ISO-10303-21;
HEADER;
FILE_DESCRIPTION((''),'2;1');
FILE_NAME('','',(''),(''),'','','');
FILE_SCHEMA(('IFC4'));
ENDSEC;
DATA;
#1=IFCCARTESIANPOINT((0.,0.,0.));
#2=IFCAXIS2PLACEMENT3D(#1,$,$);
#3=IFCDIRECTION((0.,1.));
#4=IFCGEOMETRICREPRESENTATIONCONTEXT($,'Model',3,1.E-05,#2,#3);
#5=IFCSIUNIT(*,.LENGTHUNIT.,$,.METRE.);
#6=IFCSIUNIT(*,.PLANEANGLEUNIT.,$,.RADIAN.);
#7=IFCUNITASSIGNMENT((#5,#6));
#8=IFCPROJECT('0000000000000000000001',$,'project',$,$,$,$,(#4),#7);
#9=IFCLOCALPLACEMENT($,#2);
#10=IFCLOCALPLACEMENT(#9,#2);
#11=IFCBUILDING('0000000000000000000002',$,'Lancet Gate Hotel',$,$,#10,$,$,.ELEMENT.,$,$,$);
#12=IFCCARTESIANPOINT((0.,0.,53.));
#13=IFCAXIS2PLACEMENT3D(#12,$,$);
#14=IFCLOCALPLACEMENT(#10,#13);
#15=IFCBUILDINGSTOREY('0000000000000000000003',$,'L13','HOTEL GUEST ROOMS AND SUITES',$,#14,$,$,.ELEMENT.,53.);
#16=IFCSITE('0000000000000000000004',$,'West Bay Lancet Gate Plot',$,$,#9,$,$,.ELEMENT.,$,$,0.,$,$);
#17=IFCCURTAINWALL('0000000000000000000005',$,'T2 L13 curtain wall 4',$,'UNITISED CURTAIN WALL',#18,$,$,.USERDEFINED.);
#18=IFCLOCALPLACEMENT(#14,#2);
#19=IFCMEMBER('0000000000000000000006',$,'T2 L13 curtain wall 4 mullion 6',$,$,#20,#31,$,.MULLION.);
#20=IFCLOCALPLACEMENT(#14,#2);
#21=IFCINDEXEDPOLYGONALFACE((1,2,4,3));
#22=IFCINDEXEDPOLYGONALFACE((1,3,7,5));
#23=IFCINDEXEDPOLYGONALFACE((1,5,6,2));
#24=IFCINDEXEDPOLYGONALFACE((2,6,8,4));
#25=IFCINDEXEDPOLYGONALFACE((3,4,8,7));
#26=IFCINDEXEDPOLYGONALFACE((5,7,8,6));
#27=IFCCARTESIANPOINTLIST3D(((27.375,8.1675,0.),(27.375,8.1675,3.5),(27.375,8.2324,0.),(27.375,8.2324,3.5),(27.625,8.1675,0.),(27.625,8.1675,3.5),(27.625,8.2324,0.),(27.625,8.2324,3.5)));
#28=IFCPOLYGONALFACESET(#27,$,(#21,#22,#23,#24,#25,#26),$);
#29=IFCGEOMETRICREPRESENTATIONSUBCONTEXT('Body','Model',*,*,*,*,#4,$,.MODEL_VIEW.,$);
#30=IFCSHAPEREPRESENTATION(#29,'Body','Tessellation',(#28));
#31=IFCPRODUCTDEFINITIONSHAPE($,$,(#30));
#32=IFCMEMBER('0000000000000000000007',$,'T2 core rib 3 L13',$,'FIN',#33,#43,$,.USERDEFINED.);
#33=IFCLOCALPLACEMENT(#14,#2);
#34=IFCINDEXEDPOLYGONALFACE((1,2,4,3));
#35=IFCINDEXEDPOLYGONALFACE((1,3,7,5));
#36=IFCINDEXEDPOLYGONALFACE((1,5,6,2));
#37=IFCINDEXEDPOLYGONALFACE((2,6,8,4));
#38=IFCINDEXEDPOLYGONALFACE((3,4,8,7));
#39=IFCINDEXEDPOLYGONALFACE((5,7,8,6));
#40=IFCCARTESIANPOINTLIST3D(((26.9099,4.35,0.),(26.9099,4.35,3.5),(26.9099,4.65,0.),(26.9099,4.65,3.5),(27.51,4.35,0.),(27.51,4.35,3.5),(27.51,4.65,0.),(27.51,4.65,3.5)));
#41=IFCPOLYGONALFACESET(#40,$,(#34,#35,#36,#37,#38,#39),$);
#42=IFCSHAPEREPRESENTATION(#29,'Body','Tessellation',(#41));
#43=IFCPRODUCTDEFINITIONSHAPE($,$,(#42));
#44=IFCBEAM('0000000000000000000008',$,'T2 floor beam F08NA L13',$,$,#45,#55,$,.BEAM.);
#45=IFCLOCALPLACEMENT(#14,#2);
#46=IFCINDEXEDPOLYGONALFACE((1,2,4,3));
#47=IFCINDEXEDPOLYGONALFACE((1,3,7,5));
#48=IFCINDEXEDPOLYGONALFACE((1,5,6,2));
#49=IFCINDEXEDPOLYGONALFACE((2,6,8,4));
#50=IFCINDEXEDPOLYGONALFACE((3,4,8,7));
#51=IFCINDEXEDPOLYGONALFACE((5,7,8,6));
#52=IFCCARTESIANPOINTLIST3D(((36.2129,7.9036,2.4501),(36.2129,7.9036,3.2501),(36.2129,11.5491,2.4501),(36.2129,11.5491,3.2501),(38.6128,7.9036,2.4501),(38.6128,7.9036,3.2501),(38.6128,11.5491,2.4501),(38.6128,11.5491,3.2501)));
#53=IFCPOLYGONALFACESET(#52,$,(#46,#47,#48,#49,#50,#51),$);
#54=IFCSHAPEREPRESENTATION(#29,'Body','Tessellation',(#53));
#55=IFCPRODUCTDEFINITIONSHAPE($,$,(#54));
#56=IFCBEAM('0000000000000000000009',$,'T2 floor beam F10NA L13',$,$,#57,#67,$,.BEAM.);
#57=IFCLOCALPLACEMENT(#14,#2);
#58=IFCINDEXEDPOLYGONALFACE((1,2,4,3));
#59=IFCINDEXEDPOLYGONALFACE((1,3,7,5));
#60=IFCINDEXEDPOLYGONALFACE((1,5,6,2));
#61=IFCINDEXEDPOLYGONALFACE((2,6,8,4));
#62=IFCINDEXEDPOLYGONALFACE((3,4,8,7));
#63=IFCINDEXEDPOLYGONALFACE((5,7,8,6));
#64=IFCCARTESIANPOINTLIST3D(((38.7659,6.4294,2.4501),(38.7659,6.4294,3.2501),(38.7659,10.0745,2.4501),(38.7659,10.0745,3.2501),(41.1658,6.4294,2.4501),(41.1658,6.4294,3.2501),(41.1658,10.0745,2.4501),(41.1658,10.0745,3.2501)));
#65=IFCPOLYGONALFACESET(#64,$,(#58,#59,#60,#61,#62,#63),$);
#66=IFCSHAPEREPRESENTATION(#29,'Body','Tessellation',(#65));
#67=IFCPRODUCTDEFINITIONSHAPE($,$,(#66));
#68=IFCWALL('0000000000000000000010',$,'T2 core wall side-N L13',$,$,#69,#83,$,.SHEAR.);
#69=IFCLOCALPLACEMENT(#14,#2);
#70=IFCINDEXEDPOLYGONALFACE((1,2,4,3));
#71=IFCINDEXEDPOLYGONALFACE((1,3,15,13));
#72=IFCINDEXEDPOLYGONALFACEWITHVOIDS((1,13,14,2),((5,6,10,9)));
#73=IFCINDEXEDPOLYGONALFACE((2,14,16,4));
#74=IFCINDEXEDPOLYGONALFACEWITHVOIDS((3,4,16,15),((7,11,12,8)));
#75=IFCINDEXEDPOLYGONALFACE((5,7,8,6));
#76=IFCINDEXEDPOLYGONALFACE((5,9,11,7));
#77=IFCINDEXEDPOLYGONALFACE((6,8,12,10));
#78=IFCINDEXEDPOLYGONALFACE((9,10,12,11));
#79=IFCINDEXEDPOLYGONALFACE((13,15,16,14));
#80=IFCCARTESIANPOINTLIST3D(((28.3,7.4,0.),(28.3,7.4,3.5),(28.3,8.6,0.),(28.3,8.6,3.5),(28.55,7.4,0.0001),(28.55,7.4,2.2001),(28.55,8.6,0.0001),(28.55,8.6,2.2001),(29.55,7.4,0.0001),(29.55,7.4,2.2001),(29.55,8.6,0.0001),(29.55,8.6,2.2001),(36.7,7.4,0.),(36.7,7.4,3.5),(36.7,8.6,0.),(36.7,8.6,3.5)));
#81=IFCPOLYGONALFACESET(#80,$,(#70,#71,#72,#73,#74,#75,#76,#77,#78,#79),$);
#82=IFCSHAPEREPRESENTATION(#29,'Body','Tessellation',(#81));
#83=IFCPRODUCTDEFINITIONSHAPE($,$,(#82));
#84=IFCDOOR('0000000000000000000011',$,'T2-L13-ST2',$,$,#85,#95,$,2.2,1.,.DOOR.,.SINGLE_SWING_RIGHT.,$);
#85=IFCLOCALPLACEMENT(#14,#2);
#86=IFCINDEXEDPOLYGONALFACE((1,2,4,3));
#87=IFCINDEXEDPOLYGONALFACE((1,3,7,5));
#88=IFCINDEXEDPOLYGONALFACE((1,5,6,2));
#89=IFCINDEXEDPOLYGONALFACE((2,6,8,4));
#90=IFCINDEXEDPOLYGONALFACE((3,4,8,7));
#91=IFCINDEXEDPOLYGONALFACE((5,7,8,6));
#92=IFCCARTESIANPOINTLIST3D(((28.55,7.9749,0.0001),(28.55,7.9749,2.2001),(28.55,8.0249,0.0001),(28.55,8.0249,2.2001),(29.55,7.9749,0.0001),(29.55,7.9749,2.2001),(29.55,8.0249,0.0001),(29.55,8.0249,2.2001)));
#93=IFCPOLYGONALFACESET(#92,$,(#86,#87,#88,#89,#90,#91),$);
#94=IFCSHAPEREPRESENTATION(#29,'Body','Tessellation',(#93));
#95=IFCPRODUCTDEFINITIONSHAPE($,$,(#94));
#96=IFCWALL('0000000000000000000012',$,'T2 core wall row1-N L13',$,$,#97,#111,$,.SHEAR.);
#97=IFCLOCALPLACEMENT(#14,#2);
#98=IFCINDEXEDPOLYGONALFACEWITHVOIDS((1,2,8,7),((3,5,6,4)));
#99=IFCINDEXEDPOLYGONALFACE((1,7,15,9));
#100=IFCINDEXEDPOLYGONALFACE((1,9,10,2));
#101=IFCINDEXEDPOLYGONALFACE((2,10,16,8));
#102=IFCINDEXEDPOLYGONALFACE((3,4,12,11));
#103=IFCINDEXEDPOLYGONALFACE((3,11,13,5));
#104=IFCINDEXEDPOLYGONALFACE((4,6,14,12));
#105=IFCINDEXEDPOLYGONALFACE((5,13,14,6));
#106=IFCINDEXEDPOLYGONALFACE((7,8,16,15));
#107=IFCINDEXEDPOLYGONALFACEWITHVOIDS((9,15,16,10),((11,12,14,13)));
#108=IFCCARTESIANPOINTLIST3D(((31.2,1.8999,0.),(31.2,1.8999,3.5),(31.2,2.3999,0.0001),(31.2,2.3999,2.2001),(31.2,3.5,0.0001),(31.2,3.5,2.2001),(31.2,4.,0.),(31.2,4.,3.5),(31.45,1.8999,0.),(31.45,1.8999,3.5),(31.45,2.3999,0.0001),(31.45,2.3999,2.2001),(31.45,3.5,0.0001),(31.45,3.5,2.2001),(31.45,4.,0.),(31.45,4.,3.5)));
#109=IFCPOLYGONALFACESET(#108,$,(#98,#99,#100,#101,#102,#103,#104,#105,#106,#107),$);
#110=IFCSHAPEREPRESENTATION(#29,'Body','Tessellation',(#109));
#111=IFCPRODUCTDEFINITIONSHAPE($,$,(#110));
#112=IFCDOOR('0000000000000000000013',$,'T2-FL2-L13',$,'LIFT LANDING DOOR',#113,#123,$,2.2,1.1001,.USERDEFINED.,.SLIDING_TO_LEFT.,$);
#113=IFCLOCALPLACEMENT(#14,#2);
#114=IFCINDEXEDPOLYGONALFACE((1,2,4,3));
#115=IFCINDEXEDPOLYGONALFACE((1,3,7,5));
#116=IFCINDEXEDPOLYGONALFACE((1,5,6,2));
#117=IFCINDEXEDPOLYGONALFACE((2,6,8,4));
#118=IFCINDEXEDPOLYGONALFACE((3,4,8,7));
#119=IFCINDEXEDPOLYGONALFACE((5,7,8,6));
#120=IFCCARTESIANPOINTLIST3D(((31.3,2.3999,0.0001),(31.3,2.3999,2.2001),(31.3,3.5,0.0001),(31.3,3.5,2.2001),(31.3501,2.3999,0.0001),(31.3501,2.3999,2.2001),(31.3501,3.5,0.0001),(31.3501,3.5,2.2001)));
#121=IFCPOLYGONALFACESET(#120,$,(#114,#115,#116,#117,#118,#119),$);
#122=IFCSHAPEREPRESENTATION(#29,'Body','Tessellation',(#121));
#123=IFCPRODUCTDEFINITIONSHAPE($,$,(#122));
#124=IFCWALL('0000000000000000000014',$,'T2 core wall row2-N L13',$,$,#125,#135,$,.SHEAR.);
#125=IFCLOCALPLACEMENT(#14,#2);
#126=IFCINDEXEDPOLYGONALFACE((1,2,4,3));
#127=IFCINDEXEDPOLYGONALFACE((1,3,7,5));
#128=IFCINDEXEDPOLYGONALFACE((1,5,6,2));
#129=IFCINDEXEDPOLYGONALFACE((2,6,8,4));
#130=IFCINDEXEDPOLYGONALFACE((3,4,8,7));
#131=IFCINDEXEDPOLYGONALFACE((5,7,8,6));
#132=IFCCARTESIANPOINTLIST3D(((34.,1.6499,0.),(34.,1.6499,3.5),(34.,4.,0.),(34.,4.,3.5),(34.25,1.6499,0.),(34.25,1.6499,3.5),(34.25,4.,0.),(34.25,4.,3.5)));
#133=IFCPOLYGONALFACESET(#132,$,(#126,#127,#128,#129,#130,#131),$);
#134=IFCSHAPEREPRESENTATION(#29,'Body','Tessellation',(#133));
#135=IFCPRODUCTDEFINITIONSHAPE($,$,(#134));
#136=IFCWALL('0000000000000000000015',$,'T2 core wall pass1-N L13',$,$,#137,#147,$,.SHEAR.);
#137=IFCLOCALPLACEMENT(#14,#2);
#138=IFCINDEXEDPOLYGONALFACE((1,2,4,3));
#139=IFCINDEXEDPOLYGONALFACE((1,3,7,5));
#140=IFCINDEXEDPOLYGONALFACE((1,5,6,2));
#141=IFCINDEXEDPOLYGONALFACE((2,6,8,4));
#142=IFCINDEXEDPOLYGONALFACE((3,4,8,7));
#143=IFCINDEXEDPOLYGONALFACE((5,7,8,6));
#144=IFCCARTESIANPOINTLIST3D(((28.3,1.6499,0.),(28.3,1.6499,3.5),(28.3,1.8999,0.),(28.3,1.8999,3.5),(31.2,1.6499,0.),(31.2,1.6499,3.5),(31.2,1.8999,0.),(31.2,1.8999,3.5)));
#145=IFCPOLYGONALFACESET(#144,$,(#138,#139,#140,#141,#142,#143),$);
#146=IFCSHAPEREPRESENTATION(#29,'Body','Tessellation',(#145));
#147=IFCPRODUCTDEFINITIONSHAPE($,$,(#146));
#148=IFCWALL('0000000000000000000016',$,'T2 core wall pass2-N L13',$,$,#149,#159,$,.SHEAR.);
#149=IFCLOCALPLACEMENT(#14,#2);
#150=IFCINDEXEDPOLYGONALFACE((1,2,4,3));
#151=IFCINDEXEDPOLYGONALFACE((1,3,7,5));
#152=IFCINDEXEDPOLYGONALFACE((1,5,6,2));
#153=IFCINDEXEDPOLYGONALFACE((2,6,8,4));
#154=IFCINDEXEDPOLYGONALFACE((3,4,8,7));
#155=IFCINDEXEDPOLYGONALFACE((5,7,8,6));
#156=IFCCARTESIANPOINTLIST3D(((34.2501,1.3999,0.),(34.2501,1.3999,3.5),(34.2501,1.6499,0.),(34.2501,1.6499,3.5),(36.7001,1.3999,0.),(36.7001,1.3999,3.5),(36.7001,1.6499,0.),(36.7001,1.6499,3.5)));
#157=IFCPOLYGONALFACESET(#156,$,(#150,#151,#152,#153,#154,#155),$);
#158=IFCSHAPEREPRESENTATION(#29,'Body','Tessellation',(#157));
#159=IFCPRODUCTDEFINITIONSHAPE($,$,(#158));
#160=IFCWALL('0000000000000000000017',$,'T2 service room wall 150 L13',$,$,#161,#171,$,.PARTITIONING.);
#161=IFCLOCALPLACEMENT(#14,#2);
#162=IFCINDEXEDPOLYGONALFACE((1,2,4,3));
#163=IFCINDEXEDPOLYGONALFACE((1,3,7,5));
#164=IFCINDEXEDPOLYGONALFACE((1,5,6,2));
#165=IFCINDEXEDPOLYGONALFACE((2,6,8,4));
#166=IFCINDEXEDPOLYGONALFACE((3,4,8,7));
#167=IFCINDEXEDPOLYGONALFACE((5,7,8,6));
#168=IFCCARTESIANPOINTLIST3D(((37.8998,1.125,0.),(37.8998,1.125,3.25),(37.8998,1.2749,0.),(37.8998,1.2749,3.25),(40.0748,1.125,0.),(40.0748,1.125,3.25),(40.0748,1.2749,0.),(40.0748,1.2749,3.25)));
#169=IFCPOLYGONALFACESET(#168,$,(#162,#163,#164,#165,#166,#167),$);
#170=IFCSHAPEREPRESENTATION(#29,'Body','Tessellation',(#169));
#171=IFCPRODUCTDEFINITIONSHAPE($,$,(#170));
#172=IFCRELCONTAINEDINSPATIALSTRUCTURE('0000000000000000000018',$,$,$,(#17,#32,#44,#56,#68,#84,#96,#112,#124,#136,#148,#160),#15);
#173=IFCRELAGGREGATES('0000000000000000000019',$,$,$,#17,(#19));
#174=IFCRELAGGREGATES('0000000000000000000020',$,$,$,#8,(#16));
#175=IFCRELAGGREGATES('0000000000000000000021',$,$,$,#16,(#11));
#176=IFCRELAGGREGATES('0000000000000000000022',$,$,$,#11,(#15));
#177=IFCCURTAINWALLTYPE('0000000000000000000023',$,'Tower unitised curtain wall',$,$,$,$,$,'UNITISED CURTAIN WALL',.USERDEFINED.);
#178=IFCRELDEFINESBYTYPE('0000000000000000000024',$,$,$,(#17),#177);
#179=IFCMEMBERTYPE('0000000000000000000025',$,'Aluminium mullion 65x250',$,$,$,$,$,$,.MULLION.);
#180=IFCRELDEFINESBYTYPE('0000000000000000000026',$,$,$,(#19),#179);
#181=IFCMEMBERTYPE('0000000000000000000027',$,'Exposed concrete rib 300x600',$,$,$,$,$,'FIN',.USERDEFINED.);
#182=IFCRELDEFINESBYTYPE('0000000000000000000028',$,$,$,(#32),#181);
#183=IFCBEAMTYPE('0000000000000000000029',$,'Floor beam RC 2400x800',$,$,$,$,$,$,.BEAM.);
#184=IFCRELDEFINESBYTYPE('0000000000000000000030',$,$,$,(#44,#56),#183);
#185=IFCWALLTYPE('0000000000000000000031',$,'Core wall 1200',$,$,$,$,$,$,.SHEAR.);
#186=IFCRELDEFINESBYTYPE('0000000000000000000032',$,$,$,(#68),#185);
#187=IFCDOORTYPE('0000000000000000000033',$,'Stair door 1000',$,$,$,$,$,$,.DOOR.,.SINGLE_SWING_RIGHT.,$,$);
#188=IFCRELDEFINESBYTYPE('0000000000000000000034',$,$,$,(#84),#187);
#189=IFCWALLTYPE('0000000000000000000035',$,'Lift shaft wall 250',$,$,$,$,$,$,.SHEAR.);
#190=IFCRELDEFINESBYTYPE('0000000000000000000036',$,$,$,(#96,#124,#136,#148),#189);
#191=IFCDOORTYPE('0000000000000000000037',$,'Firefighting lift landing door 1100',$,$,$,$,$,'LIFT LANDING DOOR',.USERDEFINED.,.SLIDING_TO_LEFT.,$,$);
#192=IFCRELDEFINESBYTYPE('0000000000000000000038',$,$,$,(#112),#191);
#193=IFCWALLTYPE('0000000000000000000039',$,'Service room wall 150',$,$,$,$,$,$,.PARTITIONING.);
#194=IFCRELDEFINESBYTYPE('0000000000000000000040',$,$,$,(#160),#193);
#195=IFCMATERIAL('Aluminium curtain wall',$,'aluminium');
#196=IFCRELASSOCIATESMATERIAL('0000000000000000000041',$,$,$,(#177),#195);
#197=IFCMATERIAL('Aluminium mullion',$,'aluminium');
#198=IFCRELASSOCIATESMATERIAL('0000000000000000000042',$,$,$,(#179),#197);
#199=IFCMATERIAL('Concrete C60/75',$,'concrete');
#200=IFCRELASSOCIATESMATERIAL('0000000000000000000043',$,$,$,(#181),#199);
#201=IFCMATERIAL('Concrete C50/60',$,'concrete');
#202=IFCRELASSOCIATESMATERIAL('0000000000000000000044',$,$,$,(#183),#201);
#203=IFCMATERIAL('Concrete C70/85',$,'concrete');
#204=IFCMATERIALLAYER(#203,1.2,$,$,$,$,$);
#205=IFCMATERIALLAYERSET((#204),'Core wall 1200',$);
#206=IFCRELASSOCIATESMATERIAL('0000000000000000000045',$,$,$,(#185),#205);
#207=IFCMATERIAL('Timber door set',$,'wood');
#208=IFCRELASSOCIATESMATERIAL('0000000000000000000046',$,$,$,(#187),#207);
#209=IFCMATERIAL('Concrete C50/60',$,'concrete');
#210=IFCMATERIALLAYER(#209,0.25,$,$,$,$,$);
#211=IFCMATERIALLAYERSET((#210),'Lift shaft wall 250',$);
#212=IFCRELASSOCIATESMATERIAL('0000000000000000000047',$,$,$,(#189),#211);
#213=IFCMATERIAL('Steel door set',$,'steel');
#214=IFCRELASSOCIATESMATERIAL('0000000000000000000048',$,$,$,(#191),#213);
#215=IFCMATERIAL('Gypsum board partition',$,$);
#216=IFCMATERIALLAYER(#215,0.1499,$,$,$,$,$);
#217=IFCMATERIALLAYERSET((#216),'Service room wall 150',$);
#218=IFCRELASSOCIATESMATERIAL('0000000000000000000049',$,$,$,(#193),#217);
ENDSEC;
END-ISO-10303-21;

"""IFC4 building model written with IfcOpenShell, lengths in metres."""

from ifc_helpers import new_model, si_unit, direction, frame, frame_2d, origin, origin_2d, place, context, subcontext, project, spatial, rectangle, extrude, material, layer, layer_set, material_profile, profile_set, type_object, element, fill, aggregate, save


model = new_model("IFC4")

# Units and contexts
model_context = context("Model", 3, precision=1e-05, world=origin(), true_north=direction((0.0, 1.0)))
body_context = subcontext(model_context, "Body", "Model", "MODEL_VIEW")
ifc_project = project(units=[si_unit("LENGTHUNIT", "METRE"), si_unit("PLANEANGLEUNIT", "RADIAN")], contexts=[model_context])

# Site, building, storey
site_placement = place(None, origin())
site = spatial("IfcSite", under=ifc_project, at=site_placement, Name="West Bay Lancet Gate Plot", CompositionType="ELEMENT", RefElevation=0.0)
building_placement = place(site_placement, origin())
building = spatial("IfcBuilding", under=site, at=building_placement, Name="Lancet Gate Hotel", CompositionType="ELEMENT")
storey_placement = place(building_placement, frame((0.0, 0.0, 53.0)))
storey = spatial("IfcBuildingStorey", under=building, at=storey_placement, Name="L13", Description="HOTEL GUEST ROOMS AND SUITES", CompositionType="ELEMENT", Elevation=53.0)

# Curtain wall, member
ifc_material_1 = material(Name="Aluminium curtain wall", Category="aluminium")
curtain_wall_type = type_object("IfcCurtainWallType", Name="Tower unitised curtain wall", ElementType="UNITISED CURTAIN WALL", PredefinedType="USERDEFINED", material=ifc_material_1)
curtain_wall_placement = place(storey_placement, origin())
curtain_wall = element("IfcCurtainWall", 1, at=curtain_wall_placement, inside=storey, type_object=curtain_wall_type, Name="T2 L13 curtain wall 4", ObjectType="UNITISED CURTAIN WALL", PredefinedType="USERDEFINED")
ifc_material_2 = material(Name="Aluminium mullion", Category="aluminium")
ifc_material_profile_1 = material_profile(ifc_material_2, rectangle(XDim=0.0649, YDim=0.25, at=origin_2d()), Name="MULLION 65x250")
ifc_profile_set_1 = profile_set([ifc_material_profile_1], Name="Aluminium mullion")
member_type_1 = type_object("IfcMemberType", Name="Aluminium mullion 65x250", PredefinedType="MULLION", material=ifc_profile_set_1)
member_1_placement = place(storey_placement, frame((27.5, 8.2, 0.0), z_axis=(0.0, 0.0, 1.0), x_axis=(0.0, -1.0, 0.0)))
member_1 = element("IfcMember", 2, at=member_1_placement, type_object=member_type_1, Name="T2 L13 curtain wall 4 mullion 6", PredefinedType="MULLION", context=body_context, shape_type="SweptSolid", body=[
    extrude(rectangle(XDim=0.0649, YDim=0.25, at=origin_2d()), origin(), (0.0, 0.0, 1.0), 3.5),
])
aggregate(curtain_wall, [member_1])

# Member
ifc_material_3 = material(Name="Concrete C60/75", Category="concrete")
ifc_material_profile_2 = material_profile(ifc_material_3, rectangle(XDim=0.3, YDim=0.6001, at=origin_2d()), Name="FIN 300x600")
ifc_profile_set_2 = profile_set([ifc_material_profile_2], Name="Concrete C60/75")
member_type_2 = type_object("IfcMemberType", Name="Exposed concrete rib 300x600", ElementType="FIN", PredefinedType="USERDEFINED", material=ifc_profile_set_2)
member_2_placement = place(storey_placement, frame((27.21, 4.5, 0.0), z_axis=(0.0, 0.0, 1.0), x_axis=(0.0, 1.0, 0.0)))
element("IfcMember", 3, at=member_2_placement, inside=storey, type_object=member_type_2, Name="T2 core rib 3 L13", ObjectType="FIN", PredefinedType="USERDEFINED", context=body_context, shape_type="SweptSolid", body=[
    extrude(rectangle(XDim=0.3, YDim=0.6001, at=origin_2d()), origin(), (0.0, 0.0, 1.0), 3.5),
])

# Beams
ifc_material_4 = material(Name="Concrete C50/60", Category="concrete")
ifc_material_profile_3 = material_profile(ifc_material_4, rectangle(XDim=2.3999, YDim=0.8, at=origin_2d()), Name="RC 2400x800")
ifc_profile_set_3 = profile_set([ifc_material_profile_3], Name="Concrete C50/60")
beam_type = type_object("IfcBeamType", Name="Floor beam RC 2400x800", PredefinedType="BEAM", material=ifc_profile_set_3)
beam_1_placement = place(storey_placement, frame((37.4128, 7.9036, 2.8501), z_axis=(0.0, 1.0, 0.0), x_axis=(-1.0, 0.0, 0.0)))
element("IfcBeam", 4, at=beam_1_placement, inside=storey, type_object=beam_type, Name="T2 floor beam F08NA L13", PredefinedType="BEAM", context=body_context, shape_type="SweptSolid", body=[
    extrude(rectangle(XDim=2.3999, YDim=0.8, at=origin_2d()), origin(), (0.0, 0.0, 1.0), 3.6455),
])
beam_2_placement = place(storey_placement, frame((39.9658, 6.4294, 2.8501), z_axis=(0.0, 1.0, 0.0), x_axis=(-1.0, 0.0, 0.0)))
element("IfcBeam", 5, at=beam_2_placement, inside=storey, type_object=beam_type, Name="T2 floor beam F10NA L13", PredefinedType="BEAM", context=body_context, shape_type="SweptSolid", body=[
    extrude(rectangle(XDim=2.3999, YDim=0.8, at=origin_2d()), origin(), (0.0, 0.0, 1.0), 3.645),
])

# Walls, openings, doors
ifc_material_5 = material(Name="Concrete C70/85", Category="concrete")
ifc_layer_1 = layer(ifc_material_5, 1.2)
ifc_layer_set_1 = layer_set([ifc_layer_1], Name="Core wall 1200")
wall_type_1 = type_object("IfcWallType", Name="Core wall 1200", PredefinedType="SHEAR", material=ifc_layer_set_1)
wall_1_placement = place(storey_placement, frame((28.3, 8.0, 0.0), z_axis=(0.0, 0.0, 1.0), x_axis=(1.0, 0.0, 0.0)))
wall_1 = element("IfcWall", 6, at=wall_1_placement, inside=storey, type_object=wall_type_1, Name="T2 core wall side-N L13", PredefinedType="SHEAR", context=body_context, shape_type="SweptSolid", body=[
    extrude(rectangle(XDim=8.3999, YDim=1.2, at=frame_2d((4.2, 0.0))), origin(), (0.0, 0.0, 1.0), 3.5),
])
opening_1_placement = place(wall_1_placement, frame((0.25, 0.0, 0.0)))
opening_1 = element("IfcOpeningElement", 7, at=opening_1_placement, cuts=wall_1, PredefinedType="OPENING", context=body_context, shape_type="SweptSolid", body=[
    extrude(rectangle(XDim=1.0, YDim=2.2, at=frame_2d((0.5, 1.1001))), frame((0.0, 0.6099, 0.0), z_axis=(0.0, -1.0, 0.0), x_axis=(1.0, 0.0, 0.0)), (0.0, 0.0, 1.0), 1.22),
])
ifc_material_6 = material(Name="Timber door set", Category="wood")
door_type_1 = type_object("IfcDoorType", Name="Stair door 1000", OperationType="SINGLE_SWING_RIGHT", PredefinedType="DOOR", material=ifc_material_6)
door_1_placement = place(opening_1_placement, origin())
door_1 = element("IfcDoor", 8, at=door_1_placement, inside=storey, type_object=door_type_1, Name="T2-L13-ST2", OperationType="SINGLE_SWING_RIGHT", OverallHeight=2.2, OverallWidth=1.0, PredefinedType="DOOR", context=body_context, shape_type="SweptSolid", body=[
    extrude(rectangle(XDim=1.0, YDim=2.2, at=frame_2d((0.5, 1.1001))), frame((0.0, 0.0249, 0.0), z_axis=(0.0, -1.0, 0.0), x_axis=(1.0, 0.0, 0.0)), (0.0, 0.0, 1.0), 0.05),
])
fill(opening_1, door_1)
ifc_material_7 = material(Name="Concrete C50/60", Category="concrete")
ifc_layer_2 = layer(ifc_material_7, 0.25)
ifc_layer_set_2 = layer_set([ifc_layer_2], Name="Lift shaft wall 250")
wall_type_2 = type_object("IfcWallType", Name="Lift shaft wall 250", PredefinedType="SHEAR", material=ifc_layer_set_2)
wall_2_placement = place(storey_placement, frame((31.325, 1.8999, 0.0), z_axis=(0.0, 0.0, 1.0), x_axis=(0.0, 1.0, 0.0)))
wall_2 = element("IfcWall", 9, at=wall_2_placement, inside=storey, type_object=wall_type_2, Name="T2 core wall row1-N L13", PredefinedType="SHEAR", context=body_context, shape_type="SweptSolid", body=[
    extrude(rectangle(XDim=2.1001, YDim=0.25, at=frame_2d((1.05, 0.0))), origin(), (0.0, 0.0, 1.0), 3.5),
])
opening_2_placement = place(wall_2_placement, frame((0.5, 0.0, 0.0)))
opening_2 = element("IfcOpeningElement", 10, at=opening_2_placement, cuts=wall_2, PredefinedType="OPENING", context=body_context, shape_type="SweptSolid", body=[
    extrude(rectangle(XDim=1.1001, YDim=2.2, at=frame_2d((0.55, 1.1001))), frame((0.0, 0.135, 0.0), z_axis=(0.0, -1.0, 0.0), x_axis=(1.0, 0.0, 0.0)), (0.0, 0.0, 1.0), 0.27),
])
ifc_material_8 = material(Name="Steel door set", Category="steel")
door_type_2 = type_object("IfcDoorType", Name="Firefighting lift landing door 1100", ElementType="LIFT LANDING DOOR", OperationType="SLIDING_TO_LEFT", PredefinedType="USERDEFINED", material=ifc_material_8)
door_2_placement = place(opening_2_placement, origin())
door_2 = element("IfcDoor", 11, at=door_2_placement, inside=storey, type_object=door_type_2, Name="T2-FL2-L13", ObjectType="LIFT LANDING DOOR", OperationType="SLIDING_TO_LEFT", OverallHeight=2.2, OverallWidth=1.1001, PredefinedType="USERDEFINED", context=body_context, shape_type="SweptSolid", body=[
    extrude(rectangle(XDim=1.1001, YDim=2.2, at=frame_2d((0.55, 1.1001))), frame((0.0, 0.0249, 0.0), z_axis=(0.0, -1.0, 0.0), x_axis=(1.0, 0.0, 0.0)), (0.0, 0.0, 1.0), 0.05),
])
fill(opening_2, door_2)

# Walls
wall_3_placement = place(storey_placement, frame((34.125, 1.6499, 0.0), z_axis=(0.0, 0.0, 1.0), x_axis=(0.0, 1.0, 0.0)))
element("IfcWall", 12, at=wall_3_placement, inside=storey, type_object=wall_type_2, Name="T2 core wall row2-N L13", PredefinedType="SHEAR", context=body_context, shape_type="SweptSolid", body=[
    extrude(rectangle(XDim=2.3501, YDim=0.25, at=frame_2d((1.175, 0.0))), origin(), (0.0, 0.0, 1.0), 3.5),
])
wall_4_placement = place(storey_placement, frame((28.3, 1.7749, 0.0), z_axis=(0.0, 0.0, 1.0), x_axis=(1.0, 0.0, 0.0)))
element("IfcWall", 13, at=wall_4_placement, inside=storey, type_object=wall_type_2, Name="T2 core wall pass1-N L13", PredefinedType="SHEAR", context=body_context, shape_type="SweptSolid", body=[
    extrude(rectangle(XDim=2.8999, YDim=0.25, at=frame_2d((1.45, 0.0))), origin(), (0.0, 0.0, 1.0), 3.5),
])
wall_5_placement = place(storey_placement, frame((34.25, 1.5249, 0.0), z_axis=(0.0, 0.0, 1.0), x_axis=(1.0, 0.0, 0.0)))
element("IfcWall", 14, at=wall_5_placement, inside=storey, type_object=wall_type_2, Name="T2 core wall pass2-N L13", PredefinedType="SHEAR", context=body_context, shape_type="SweptSolid", body=[
    extrude(rectangle(XDim=2.45, YDim=0.25, at=frame_2d((1.2251, 0.0))), origin(), (0.0, 0.0, 1.0), 3.5),
])
ifc_material_9 = material(Name="Gypsum board partition")
ifc_layer_3 = layer(ifc_material_9, 0.1499)
ifc_layer_set_3 = layer_set([ifc_layer_3], Name="Service room wall 150")
wall_type_3 = type_object("IfcWallType", Name="Service room wall 150", PredefinedType="PARTITIONING", material=ifc_layer_set_3)
for number, where, z_axis, x_axis, name in (
    (15, (37.8999, 1.2, 0.0), (0.0, 0.0, 1.0), (1.0, 0.0, 0.0), "T2 service room wall 150 L13"),
):
    element("IfcWall", number, at=place(storey_placement, frame(where, z_axis=z_axis, x_axis=x_axis)), inside=storey, type_object=wall_type_3, Name=name, PredefinedType="PARTITIONING", context=body_context, shape_type="SweptSolid", body=[
        extrude(rectangle(XDim=2.175, YDim=0.1499, at=frame_2d((1.0874, 0.0))), origin(), (0.0, 0.0, 1.0), 3.25),
    ])

save(model, "model.ifc")
